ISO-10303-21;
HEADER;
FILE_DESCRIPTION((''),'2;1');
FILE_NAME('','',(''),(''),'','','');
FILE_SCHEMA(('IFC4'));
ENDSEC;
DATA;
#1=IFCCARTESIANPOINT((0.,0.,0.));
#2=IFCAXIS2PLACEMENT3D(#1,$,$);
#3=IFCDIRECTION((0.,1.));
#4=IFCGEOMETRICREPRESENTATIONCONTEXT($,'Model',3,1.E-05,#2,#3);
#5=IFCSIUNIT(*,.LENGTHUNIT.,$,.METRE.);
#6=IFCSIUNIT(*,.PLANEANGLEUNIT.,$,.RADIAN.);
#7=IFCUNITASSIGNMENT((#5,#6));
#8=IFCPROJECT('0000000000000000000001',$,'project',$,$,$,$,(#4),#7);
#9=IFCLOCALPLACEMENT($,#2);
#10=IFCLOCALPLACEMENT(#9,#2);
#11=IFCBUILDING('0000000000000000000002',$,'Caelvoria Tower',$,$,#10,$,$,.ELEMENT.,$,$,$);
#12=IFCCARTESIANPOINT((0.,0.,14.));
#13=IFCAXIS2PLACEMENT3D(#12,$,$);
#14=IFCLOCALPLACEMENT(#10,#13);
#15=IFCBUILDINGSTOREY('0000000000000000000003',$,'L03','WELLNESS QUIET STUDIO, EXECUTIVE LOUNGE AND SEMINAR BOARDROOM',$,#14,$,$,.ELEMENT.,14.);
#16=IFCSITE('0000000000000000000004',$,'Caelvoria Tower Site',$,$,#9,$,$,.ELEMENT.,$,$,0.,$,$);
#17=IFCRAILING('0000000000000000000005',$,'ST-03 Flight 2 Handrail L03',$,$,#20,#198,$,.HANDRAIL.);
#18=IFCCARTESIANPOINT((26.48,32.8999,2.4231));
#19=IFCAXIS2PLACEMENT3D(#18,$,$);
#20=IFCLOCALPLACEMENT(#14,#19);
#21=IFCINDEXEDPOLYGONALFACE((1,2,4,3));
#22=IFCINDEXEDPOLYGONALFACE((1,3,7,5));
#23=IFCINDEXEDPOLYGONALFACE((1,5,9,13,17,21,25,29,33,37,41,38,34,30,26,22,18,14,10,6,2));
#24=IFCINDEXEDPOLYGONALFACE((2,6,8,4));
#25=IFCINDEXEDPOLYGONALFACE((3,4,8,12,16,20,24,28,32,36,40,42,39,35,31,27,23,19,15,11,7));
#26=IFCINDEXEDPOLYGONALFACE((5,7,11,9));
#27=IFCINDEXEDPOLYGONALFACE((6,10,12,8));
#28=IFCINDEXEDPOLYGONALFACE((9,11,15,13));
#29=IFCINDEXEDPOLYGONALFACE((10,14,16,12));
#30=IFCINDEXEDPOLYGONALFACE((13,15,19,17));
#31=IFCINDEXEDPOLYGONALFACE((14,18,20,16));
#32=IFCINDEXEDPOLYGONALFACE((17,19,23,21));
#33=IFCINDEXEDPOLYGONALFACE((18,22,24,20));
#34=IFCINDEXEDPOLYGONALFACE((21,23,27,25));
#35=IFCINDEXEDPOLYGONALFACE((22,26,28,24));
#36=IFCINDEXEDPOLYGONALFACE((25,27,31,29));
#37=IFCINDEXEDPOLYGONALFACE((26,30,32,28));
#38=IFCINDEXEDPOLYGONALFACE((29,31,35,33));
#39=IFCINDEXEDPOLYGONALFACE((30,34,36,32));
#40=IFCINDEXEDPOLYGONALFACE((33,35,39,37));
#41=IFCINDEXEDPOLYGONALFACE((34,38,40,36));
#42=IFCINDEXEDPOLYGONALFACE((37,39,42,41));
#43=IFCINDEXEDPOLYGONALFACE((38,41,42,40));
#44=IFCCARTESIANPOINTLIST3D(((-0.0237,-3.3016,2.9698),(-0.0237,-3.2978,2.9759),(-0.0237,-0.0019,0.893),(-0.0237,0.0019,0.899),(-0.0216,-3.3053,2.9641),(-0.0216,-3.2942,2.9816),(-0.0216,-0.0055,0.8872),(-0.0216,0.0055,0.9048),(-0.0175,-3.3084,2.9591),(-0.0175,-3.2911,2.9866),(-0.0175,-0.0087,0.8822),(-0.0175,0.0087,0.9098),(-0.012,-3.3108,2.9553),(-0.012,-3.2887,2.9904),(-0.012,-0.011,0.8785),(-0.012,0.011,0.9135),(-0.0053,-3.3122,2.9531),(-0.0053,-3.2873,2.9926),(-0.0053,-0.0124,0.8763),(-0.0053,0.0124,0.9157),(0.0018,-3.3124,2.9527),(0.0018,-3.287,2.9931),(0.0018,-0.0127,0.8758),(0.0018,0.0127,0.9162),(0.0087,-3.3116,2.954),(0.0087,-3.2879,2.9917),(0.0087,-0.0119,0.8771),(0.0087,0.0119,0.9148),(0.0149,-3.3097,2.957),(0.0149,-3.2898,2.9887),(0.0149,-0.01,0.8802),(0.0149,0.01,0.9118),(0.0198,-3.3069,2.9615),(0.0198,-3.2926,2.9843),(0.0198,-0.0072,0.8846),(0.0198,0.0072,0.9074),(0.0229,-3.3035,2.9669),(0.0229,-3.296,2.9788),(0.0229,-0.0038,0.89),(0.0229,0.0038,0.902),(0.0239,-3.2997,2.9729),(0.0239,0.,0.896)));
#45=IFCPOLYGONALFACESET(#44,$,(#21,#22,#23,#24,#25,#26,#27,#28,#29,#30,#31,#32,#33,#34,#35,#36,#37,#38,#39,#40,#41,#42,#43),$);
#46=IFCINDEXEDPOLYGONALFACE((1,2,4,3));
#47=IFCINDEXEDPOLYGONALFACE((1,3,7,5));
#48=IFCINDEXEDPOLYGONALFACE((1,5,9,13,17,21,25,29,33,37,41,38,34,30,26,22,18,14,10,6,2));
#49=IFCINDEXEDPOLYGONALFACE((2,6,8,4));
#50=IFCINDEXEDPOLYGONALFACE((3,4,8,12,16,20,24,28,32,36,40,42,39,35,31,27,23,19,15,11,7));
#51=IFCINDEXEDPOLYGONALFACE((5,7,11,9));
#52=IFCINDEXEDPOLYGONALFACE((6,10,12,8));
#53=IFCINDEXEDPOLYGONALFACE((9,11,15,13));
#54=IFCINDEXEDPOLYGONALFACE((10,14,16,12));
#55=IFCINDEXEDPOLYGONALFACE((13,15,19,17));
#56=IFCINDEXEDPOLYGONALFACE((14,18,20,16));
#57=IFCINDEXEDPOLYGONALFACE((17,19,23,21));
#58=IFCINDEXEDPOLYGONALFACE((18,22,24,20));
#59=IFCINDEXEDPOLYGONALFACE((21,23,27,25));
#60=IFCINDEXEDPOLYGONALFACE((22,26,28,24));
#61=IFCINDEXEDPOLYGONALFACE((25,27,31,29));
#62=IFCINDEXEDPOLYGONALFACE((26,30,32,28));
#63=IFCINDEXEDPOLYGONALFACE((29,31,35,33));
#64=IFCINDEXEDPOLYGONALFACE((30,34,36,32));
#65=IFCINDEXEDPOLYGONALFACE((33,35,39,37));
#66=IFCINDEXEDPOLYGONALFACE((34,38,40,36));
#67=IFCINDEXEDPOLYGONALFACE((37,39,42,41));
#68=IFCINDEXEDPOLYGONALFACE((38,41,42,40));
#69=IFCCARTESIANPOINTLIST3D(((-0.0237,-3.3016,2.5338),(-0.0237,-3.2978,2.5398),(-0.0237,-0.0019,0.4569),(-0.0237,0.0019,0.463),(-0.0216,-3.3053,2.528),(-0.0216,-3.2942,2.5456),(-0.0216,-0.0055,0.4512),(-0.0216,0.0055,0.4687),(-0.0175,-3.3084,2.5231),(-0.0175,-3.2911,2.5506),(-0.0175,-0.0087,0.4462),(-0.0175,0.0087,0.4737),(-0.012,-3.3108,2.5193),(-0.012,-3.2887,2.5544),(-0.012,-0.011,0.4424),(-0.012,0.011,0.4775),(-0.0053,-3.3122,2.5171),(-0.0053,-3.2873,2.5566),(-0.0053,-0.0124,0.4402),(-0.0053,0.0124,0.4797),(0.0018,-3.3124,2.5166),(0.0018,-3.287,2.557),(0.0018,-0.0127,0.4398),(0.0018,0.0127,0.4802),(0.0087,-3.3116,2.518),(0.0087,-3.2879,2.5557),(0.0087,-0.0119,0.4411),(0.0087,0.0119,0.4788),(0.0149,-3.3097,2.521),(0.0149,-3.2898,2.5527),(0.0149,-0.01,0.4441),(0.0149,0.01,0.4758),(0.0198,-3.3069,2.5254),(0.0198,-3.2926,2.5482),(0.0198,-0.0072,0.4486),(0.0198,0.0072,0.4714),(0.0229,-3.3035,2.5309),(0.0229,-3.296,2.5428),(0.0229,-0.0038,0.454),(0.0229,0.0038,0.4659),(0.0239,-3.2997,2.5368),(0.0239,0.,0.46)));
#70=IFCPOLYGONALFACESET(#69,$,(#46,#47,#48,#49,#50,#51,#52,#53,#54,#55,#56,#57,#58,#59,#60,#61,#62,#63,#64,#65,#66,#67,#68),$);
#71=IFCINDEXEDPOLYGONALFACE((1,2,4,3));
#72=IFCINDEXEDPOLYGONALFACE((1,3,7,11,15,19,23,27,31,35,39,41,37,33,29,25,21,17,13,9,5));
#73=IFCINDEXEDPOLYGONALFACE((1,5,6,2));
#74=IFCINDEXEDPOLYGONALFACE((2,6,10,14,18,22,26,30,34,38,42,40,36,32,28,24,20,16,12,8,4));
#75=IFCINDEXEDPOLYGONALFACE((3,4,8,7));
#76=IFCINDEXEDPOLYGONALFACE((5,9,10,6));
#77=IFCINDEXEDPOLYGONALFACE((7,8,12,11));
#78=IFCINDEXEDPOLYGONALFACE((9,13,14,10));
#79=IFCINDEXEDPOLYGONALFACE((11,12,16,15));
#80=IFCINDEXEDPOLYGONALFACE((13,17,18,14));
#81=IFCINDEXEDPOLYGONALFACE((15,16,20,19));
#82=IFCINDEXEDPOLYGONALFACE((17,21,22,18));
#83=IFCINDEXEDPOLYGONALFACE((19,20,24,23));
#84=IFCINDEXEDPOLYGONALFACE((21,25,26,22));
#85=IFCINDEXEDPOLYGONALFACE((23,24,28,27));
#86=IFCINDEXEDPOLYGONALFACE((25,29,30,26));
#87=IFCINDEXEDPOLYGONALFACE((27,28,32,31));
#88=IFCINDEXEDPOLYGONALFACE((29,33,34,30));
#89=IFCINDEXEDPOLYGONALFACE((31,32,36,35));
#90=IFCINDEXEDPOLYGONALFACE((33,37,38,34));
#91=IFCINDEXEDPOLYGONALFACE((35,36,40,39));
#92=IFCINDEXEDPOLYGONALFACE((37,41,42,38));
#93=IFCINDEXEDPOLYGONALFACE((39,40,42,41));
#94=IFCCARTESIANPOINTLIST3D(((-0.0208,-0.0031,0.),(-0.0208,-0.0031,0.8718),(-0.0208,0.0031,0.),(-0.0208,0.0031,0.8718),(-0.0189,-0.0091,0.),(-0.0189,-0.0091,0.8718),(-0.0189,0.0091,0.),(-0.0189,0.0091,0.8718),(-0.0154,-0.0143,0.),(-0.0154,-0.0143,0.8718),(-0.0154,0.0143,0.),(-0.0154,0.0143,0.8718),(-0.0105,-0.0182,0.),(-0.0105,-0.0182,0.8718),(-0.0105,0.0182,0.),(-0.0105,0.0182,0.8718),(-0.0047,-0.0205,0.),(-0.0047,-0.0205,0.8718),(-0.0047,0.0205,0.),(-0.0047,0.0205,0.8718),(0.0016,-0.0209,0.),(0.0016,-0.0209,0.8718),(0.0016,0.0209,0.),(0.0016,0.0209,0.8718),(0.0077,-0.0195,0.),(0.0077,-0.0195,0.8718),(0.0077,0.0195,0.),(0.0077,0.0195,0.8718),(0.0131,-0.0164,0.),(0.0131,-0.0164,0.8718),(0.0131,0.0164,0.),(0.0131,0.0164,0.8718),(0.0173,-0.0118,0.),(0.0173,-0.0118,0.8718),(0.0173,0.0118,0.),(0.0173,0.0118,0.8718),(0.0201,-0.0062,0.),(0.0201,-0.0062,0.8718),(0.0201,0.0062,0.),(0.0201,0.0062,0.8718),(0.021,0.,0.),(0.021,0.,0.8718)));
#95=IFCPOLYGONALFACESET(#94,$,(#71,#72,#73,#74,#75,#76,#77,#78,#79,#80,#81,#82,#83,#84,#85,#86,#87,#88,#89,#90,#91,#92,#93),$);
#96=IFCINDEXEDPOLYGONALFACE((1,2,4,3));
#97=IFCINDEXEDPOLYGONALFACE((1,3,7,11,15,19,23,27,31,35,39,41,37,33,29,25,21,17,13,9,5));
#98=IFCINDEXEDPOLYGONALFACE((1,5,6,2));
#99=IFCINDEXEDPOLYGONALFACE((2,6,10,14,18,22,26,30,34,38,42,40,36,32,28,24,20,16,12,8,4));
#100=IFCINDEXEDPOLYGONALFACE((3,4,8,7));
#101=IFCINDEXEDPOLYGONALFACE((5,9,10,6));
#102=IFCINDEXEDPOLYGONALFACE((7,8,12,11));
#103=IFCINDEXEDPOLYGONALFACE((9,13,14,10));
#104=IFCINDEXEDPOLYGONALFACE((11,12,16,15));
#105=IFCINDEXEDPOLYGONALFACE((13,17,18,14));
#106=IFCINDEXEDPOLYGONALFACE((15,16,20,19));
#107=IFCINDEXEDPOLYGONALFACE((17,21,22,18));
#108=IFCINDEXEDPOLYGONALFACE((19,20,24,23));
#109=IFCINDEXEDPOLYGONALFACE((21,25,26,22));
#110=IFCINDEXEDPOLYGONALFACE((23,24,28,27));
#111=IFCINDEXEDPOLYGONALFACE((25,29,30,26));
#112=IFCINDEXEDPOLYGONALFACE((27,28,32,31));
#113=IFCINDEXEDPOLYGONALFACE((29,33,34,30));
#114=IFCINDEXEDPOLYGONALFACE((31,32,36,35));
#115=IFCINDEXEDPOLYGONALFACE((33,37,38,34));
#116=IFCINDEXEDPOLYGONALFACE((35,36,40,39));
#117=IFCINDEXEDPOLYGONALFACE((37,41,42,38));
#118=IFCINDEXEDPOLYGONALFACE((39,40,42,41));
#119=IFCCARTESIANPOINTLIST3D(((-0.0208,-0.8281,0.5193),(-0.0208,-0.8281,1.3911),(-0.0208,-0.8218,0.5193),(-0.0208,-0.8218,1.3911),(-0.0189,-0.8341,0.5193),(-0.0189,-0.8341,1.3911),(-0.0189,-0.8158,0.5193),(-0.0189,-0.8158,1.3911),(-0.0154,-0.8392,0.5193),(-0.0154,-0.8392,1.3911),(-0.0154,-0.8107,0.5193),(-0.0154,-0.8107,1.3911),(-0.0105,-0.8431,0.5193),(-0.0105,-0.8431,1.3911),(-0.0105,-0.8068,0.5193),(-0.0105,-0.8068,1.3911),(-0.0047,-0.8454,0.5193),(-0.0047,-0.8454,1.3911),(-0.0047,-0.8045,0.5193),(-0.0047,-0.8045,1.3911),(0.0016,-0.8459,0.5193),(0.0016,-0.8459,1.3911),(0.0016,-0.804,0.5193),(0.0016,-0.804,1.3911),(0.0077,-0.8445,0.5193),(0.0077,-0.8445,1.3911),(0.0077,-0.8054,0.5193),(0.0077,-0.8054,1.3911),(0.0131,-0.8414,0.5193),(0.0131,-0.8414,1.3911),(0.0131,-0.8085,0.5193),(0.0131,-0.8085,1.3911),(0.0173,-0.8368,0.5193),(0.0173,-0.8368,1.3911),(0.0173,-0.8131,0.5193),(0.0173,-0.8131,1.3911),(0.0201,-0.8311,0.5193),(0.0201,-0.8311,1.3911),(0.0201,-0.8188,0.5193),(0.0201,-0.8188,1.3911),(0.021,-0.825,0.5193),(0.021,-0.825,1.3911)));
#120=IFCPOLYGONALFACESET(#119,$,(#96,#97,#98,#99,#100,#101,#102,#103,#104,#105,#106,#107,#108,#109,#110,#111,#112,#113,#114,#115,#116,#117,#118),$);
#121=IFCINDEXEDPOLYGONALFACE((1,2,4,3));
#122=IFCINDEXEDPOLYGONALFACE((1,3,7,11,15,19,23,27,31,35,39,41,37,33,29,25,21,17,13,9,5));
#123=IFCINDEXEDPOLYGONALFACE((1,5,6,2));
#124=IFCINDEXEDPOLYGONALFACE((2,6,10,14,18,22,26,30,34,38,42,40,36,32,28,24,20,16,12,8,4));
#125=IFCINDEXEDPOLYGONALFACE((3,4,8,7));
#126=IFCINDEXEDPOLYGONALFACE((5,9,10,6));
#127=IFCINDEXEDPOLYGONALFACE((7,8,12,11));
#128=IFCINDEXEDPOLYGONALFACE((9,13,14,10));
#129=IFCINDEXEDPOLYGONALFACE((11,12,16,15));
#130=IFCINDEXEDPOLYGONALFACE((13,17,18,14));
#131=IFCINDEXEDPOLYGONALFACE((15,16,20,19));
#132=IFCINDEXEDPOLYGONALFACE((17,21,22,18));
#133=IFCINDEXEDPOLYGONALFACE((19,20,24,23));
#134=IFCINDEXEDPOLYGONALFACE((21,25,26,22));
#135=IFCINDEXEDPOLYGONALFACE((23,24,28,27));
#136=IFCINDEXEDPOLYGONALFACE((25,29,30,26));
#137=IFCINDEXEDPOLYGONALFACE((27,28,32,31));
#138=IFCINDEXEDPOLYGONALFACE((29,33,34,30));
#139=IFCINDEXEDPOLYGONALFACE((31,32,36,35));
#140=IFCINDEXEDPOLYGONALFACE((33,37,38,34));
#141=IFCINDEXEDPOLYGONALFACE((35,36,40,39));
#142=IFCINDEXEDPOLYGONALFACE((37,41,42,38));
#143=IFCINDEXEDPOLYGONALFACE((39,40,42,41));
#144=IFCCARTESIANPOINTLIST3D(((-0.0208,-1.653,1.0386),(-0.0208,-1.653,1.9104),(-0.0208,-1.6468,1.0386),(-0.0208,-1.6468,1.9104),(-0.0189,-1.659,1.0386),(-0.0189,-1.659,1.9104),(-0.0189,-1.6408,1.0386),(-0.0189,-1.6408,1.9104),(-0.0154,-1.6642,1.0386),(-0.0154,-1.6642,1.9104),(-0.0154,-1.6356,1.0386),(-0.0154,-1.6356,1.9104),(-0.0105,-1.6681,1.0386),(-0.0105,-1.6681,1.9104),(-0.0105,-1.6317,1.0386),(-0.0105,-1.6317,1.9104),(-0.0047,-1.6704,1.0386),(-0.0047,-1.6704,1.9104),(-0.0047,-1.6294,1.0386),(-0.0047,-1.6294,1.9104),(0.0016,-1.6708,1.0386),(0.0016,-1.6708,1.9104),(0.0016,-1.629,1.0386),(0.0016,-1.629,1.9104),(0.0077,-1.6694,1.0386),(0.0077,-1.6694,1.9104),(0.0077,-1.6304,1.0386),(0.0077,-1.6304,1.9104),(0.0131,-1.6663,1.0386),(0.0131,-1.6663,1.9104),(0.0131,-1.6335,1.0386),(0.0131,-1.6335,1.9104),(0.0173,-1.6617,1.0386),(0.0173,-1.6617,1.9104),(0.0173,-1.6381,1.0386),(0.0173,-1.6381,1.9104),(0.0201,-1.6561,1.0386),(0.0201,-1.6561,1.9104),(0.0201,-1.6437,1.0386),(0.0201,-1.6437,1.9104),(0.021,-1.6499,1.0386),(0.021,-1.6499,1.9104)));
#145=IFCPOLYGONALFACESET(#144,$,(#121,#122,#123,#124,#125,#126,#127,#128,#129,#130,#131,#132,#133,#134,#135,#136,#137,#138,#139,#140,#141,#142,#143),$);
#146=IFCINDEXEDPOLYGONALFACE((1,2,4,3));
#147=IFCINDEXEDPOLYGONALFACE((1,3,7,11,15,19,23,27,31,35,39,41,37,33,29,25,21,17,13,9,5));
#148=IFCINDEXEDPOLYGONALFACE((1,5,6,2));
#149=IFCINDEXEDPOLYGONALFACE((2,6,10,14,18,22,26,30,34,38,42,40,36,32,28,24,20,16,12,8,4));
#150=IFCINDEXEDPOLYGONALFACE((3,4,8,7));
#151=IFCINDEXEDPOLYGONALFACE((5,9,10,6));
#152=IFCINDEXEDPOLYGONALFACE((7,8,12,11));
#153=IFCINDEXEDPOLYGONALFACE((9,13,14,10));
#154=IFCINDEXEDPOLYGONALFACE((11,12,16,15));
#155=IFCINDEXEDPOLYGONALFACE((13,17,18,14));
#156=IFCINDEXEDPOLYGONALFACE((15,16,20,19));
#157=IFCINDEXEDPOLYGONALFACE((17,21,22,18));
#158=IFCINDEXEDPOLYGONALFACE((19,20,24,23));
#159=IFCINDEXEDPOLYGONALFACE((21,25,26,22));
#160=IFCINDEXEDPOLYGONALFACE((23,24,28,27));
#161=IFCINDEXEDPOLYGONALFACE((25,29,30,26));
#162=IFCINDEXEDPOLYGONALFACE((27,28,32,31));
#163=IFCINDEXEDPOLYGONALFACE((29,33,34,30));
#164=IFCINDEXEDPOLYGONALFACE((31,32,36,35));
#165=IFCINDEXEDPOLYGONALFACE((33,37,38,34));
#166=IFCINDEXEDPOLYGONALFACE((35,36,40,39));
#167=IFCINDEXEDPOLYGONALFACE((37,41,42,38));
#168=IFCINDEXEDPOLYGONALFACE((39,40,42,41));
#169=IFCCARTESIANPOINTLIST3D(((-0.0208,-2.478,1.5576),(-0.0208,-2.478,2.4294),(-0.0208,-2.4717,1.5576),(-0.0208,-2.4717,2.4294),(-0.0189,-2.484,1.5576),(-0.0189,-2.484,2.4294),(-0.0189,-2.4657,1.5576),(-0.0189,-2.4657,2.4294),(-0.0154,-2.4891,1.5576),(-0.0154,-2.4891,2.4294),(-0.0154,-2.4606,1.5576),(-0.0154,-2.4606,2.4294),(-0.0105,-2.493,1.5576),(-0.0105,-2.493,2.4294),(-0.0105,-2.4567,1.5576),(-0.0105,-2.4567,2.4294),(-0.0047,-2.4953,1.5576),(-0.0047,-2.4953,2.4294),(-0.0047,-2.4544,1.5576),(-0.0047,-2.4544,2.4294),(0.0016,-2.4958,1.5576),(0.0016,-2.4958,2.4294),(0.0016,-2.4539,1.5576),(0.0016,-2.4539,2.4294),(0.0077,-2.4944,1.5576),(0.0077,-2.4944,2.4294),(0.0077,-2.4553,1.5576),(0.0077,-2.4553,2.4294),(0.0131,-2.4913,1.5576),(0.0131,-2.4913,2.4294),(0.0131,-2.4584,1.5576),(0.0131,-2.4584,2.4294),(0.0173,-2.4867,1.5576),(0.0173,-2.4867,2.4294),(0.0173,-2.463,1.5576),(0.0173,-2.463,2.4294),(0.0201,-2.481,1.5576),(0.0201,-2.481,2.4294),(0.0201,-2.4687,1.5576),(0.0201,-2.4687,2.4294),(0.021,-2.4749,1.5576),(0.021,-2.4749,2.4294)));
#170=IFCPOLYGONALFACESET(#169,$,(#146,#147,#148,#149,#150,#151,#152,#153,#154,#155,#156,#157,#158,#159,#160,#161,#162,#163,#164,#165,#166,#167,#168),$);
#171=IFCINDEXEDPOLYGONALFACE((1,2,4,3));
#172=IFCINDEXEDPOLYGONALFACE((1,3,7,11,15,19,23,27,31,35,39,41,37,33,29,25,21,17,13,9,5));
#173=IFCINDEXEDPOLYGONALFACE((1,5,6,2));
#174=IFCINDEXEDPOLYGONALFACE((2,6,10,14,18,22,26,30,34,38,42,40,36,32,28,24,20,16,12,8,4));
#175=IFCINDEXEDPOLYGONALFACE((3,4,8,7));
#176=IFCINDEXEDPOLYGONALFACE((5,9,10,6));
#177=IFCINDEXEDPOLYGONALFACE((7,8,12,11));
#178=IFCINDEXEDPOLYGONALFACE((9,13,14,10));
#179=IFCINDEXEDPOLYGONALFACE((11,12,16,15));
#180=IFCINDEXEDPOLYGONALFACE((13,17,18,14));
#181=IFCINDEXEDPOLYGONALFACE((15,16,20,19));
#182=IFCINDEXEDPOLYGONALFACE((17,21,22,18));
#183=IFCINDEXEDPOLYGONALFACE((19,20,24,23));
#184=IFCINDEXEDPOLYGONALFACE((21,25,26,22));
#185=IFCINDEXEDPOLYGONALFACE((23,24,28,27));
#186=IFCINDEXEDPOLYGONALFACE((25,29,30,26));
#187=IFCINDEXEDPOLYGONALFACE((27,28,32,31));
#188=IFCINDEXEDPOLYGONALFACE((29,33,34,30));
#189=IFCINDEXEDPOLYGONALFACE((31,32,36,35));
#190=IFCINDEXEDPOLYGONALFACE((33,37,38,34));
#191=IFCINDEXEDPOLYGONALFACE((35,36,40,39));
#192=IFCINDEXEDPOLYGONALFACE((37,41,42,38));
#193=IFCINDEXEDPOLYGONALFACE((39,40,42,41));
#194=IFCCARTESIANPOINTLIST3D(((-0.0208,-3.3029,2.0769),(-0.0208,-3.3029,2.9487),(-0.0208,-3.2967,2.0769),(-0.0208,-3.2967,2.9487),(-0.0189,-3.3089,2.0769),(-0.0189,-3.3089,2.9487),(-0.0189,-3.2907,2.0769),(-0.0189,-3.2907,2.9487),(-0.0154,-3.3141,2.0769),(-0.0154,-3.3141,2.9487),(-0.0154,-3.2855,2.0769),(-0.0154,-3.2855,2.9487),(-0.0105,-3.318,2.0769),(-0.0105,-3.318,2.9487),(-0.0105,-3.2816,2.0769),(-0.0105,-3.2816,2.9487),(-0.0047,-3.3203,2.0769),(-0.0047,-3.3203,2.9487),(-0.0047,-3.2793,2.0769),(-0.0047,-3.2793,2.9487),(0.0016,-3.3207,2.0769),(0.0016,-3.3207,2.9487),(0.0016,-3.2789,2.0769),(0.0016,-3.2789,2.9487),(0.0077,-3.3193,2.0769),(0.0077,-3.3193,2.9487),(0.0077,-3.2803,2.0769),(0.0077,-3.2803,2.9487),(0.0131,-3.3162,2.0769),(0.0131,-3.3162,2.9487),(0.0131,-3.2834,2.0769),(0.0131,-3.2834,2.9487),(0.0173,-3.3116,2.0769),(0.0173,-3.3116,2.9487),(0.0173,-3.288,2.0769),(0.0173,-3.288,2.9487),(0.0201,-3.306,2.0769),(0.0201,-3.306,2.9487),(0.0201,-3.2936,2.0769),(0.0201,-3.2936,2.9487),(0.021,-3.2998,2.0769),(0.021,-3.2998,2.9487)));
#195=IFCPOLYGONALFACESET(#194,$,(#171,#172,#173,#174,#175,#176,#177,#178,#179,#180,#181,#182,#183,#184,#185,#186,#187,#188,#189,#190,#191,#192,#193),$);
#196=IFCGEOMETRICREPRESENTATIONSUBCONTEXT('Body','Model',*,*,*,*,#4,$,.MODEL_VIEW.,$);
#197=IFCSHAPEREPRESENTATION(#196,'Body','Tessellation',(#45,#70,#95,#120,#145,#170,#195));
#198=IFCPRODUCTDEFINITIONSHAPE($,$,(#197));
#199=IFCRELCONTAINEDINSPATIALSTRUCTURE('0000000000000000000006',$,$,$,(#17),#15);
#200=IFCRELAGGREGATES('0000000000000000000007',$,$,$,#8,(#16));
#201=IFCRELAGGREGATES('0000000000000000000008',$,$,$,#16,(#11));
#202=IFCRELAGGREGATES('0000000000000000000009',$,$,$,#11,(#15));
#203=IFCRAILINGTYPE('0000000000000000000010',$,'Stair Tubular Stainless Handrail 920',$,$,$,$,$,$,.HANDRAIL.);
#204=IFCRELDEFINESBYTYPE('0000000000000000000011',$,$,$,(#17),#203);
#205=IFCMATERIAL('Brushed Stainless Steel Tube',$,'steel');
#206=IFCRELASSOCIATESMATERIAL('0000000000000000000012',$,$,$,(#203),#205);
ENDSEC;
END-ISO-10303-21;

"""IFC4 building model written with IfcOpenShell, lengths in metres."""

from ifc_helpers import new_model, si_unit, direction, frame, origin, origin_2d, place, context, subcontext, project, spatial, circle, extrude, material, type_object, element, save


model = new_model("IFC4")

# Units and contexts
model_context = context("Model", 3, precision=1e-05, world=origin(), true_north=direction((0.0, 1.0)))
body_context = subcontext(model_context, "Body", "Model", "MODEL_VIEW")
ifc_project = project(units=[si_unit("LENGTHUNIT", "METRE"), si_unit("PLANEANGLEUNIT", "RADIAN")], contexts=[model_context])

# Site, building, storey
site_placement = place(None, origin())
site = spatial("IfcSite", under=ifc_project, at=site_placement, Name="Caelvoria Tower Site", CompositionType="ELEMENT", RefElevation=0.0)
building_placement = place(site_placement, origin())
building = spatial("IfcBuilding", under=site, at=building_placement, Name="Caelvoria Tower", CompositionType="ELEMENT")
storey_placement = place(building_placement, frame((0.0, 0.0, 14.0)))
storey = spatial("IfcBuildingStorey", under=building, at=storey_placement, Name="L03", Description="WELLNESS QUIET STUDIO, EXECUTIVE LOUNGE AND SEMINAR BOARDROOM", CompositionType="ELEMENT", Elevation=14.0)

# Railing
ifc_material_1 = material(Name="Brushed Stainless Steel Tube", Category="steel")
railing_type_1 = type_object("IfcRailingType", Name="Stair Tubular Stainless Handrail 920", PredefinedType="HANDRAIL", material=ifc_material_1)
railing_1_placement = place(storey_placement, frame((26.48, 32.8999, 2.4231)))
element("IfcRailing", 1, at=railing_1_placement, inside=storey, type_object=railing_type_1, Name="ST-03 Flight 2 Handrail L03", PredefinedType="HANDRAIL", context=body_context, shape_type="SweptSolid", body=[
    extrude(circle(Radius=0.0239, at=origin_2d()), frame((0.0, 0.0, 0.896), z_axis=(0.0, -0.84632, 0.532675), x_axis=(1.0, 0.0, 0.0)), (0.0, 0.0, 1.0), 3.8989),
    extrude(circle(Radius=0.0239, at=origin_2d()), frame((0.0, 0.0, 0.46), z_axis=(0.0, -0.84632, 0.532675), x_axis=(1.0, 0.0, 0.0)), (0.0, 0.0, 1.0), 3.8989),
    extrude(circle(Radius=0.021, at=origin_2d()), origin(), (0.0, 0.0, 1.0), 0.8718),
    extrude(circle(Radius=0.021, at=origin_2d()), frame((0.0, -0.825, 0.5193)), (0.0, 0.0, 1.0), 0.8718),
    extrude(circle(Radius=0.021, at=origin_2d()), frame((0.0, -1.6499, 1.0386)), (0.0, 0.0, 1.0), 0.8718),
    extrude(circle(Radius=0.021, at=origin_2d()), frame((0.0, -2.4749, 1.5576)), (0.0, 0.0, 1.0), 0.8718),
    extrude(circle(Radius=0.021, at=origin_2d()), frame((0.0, -3.2998, 2.0769)), (0.0, 0.0, 1.0), 0.8718),
])

save(model, "model.ifc")
